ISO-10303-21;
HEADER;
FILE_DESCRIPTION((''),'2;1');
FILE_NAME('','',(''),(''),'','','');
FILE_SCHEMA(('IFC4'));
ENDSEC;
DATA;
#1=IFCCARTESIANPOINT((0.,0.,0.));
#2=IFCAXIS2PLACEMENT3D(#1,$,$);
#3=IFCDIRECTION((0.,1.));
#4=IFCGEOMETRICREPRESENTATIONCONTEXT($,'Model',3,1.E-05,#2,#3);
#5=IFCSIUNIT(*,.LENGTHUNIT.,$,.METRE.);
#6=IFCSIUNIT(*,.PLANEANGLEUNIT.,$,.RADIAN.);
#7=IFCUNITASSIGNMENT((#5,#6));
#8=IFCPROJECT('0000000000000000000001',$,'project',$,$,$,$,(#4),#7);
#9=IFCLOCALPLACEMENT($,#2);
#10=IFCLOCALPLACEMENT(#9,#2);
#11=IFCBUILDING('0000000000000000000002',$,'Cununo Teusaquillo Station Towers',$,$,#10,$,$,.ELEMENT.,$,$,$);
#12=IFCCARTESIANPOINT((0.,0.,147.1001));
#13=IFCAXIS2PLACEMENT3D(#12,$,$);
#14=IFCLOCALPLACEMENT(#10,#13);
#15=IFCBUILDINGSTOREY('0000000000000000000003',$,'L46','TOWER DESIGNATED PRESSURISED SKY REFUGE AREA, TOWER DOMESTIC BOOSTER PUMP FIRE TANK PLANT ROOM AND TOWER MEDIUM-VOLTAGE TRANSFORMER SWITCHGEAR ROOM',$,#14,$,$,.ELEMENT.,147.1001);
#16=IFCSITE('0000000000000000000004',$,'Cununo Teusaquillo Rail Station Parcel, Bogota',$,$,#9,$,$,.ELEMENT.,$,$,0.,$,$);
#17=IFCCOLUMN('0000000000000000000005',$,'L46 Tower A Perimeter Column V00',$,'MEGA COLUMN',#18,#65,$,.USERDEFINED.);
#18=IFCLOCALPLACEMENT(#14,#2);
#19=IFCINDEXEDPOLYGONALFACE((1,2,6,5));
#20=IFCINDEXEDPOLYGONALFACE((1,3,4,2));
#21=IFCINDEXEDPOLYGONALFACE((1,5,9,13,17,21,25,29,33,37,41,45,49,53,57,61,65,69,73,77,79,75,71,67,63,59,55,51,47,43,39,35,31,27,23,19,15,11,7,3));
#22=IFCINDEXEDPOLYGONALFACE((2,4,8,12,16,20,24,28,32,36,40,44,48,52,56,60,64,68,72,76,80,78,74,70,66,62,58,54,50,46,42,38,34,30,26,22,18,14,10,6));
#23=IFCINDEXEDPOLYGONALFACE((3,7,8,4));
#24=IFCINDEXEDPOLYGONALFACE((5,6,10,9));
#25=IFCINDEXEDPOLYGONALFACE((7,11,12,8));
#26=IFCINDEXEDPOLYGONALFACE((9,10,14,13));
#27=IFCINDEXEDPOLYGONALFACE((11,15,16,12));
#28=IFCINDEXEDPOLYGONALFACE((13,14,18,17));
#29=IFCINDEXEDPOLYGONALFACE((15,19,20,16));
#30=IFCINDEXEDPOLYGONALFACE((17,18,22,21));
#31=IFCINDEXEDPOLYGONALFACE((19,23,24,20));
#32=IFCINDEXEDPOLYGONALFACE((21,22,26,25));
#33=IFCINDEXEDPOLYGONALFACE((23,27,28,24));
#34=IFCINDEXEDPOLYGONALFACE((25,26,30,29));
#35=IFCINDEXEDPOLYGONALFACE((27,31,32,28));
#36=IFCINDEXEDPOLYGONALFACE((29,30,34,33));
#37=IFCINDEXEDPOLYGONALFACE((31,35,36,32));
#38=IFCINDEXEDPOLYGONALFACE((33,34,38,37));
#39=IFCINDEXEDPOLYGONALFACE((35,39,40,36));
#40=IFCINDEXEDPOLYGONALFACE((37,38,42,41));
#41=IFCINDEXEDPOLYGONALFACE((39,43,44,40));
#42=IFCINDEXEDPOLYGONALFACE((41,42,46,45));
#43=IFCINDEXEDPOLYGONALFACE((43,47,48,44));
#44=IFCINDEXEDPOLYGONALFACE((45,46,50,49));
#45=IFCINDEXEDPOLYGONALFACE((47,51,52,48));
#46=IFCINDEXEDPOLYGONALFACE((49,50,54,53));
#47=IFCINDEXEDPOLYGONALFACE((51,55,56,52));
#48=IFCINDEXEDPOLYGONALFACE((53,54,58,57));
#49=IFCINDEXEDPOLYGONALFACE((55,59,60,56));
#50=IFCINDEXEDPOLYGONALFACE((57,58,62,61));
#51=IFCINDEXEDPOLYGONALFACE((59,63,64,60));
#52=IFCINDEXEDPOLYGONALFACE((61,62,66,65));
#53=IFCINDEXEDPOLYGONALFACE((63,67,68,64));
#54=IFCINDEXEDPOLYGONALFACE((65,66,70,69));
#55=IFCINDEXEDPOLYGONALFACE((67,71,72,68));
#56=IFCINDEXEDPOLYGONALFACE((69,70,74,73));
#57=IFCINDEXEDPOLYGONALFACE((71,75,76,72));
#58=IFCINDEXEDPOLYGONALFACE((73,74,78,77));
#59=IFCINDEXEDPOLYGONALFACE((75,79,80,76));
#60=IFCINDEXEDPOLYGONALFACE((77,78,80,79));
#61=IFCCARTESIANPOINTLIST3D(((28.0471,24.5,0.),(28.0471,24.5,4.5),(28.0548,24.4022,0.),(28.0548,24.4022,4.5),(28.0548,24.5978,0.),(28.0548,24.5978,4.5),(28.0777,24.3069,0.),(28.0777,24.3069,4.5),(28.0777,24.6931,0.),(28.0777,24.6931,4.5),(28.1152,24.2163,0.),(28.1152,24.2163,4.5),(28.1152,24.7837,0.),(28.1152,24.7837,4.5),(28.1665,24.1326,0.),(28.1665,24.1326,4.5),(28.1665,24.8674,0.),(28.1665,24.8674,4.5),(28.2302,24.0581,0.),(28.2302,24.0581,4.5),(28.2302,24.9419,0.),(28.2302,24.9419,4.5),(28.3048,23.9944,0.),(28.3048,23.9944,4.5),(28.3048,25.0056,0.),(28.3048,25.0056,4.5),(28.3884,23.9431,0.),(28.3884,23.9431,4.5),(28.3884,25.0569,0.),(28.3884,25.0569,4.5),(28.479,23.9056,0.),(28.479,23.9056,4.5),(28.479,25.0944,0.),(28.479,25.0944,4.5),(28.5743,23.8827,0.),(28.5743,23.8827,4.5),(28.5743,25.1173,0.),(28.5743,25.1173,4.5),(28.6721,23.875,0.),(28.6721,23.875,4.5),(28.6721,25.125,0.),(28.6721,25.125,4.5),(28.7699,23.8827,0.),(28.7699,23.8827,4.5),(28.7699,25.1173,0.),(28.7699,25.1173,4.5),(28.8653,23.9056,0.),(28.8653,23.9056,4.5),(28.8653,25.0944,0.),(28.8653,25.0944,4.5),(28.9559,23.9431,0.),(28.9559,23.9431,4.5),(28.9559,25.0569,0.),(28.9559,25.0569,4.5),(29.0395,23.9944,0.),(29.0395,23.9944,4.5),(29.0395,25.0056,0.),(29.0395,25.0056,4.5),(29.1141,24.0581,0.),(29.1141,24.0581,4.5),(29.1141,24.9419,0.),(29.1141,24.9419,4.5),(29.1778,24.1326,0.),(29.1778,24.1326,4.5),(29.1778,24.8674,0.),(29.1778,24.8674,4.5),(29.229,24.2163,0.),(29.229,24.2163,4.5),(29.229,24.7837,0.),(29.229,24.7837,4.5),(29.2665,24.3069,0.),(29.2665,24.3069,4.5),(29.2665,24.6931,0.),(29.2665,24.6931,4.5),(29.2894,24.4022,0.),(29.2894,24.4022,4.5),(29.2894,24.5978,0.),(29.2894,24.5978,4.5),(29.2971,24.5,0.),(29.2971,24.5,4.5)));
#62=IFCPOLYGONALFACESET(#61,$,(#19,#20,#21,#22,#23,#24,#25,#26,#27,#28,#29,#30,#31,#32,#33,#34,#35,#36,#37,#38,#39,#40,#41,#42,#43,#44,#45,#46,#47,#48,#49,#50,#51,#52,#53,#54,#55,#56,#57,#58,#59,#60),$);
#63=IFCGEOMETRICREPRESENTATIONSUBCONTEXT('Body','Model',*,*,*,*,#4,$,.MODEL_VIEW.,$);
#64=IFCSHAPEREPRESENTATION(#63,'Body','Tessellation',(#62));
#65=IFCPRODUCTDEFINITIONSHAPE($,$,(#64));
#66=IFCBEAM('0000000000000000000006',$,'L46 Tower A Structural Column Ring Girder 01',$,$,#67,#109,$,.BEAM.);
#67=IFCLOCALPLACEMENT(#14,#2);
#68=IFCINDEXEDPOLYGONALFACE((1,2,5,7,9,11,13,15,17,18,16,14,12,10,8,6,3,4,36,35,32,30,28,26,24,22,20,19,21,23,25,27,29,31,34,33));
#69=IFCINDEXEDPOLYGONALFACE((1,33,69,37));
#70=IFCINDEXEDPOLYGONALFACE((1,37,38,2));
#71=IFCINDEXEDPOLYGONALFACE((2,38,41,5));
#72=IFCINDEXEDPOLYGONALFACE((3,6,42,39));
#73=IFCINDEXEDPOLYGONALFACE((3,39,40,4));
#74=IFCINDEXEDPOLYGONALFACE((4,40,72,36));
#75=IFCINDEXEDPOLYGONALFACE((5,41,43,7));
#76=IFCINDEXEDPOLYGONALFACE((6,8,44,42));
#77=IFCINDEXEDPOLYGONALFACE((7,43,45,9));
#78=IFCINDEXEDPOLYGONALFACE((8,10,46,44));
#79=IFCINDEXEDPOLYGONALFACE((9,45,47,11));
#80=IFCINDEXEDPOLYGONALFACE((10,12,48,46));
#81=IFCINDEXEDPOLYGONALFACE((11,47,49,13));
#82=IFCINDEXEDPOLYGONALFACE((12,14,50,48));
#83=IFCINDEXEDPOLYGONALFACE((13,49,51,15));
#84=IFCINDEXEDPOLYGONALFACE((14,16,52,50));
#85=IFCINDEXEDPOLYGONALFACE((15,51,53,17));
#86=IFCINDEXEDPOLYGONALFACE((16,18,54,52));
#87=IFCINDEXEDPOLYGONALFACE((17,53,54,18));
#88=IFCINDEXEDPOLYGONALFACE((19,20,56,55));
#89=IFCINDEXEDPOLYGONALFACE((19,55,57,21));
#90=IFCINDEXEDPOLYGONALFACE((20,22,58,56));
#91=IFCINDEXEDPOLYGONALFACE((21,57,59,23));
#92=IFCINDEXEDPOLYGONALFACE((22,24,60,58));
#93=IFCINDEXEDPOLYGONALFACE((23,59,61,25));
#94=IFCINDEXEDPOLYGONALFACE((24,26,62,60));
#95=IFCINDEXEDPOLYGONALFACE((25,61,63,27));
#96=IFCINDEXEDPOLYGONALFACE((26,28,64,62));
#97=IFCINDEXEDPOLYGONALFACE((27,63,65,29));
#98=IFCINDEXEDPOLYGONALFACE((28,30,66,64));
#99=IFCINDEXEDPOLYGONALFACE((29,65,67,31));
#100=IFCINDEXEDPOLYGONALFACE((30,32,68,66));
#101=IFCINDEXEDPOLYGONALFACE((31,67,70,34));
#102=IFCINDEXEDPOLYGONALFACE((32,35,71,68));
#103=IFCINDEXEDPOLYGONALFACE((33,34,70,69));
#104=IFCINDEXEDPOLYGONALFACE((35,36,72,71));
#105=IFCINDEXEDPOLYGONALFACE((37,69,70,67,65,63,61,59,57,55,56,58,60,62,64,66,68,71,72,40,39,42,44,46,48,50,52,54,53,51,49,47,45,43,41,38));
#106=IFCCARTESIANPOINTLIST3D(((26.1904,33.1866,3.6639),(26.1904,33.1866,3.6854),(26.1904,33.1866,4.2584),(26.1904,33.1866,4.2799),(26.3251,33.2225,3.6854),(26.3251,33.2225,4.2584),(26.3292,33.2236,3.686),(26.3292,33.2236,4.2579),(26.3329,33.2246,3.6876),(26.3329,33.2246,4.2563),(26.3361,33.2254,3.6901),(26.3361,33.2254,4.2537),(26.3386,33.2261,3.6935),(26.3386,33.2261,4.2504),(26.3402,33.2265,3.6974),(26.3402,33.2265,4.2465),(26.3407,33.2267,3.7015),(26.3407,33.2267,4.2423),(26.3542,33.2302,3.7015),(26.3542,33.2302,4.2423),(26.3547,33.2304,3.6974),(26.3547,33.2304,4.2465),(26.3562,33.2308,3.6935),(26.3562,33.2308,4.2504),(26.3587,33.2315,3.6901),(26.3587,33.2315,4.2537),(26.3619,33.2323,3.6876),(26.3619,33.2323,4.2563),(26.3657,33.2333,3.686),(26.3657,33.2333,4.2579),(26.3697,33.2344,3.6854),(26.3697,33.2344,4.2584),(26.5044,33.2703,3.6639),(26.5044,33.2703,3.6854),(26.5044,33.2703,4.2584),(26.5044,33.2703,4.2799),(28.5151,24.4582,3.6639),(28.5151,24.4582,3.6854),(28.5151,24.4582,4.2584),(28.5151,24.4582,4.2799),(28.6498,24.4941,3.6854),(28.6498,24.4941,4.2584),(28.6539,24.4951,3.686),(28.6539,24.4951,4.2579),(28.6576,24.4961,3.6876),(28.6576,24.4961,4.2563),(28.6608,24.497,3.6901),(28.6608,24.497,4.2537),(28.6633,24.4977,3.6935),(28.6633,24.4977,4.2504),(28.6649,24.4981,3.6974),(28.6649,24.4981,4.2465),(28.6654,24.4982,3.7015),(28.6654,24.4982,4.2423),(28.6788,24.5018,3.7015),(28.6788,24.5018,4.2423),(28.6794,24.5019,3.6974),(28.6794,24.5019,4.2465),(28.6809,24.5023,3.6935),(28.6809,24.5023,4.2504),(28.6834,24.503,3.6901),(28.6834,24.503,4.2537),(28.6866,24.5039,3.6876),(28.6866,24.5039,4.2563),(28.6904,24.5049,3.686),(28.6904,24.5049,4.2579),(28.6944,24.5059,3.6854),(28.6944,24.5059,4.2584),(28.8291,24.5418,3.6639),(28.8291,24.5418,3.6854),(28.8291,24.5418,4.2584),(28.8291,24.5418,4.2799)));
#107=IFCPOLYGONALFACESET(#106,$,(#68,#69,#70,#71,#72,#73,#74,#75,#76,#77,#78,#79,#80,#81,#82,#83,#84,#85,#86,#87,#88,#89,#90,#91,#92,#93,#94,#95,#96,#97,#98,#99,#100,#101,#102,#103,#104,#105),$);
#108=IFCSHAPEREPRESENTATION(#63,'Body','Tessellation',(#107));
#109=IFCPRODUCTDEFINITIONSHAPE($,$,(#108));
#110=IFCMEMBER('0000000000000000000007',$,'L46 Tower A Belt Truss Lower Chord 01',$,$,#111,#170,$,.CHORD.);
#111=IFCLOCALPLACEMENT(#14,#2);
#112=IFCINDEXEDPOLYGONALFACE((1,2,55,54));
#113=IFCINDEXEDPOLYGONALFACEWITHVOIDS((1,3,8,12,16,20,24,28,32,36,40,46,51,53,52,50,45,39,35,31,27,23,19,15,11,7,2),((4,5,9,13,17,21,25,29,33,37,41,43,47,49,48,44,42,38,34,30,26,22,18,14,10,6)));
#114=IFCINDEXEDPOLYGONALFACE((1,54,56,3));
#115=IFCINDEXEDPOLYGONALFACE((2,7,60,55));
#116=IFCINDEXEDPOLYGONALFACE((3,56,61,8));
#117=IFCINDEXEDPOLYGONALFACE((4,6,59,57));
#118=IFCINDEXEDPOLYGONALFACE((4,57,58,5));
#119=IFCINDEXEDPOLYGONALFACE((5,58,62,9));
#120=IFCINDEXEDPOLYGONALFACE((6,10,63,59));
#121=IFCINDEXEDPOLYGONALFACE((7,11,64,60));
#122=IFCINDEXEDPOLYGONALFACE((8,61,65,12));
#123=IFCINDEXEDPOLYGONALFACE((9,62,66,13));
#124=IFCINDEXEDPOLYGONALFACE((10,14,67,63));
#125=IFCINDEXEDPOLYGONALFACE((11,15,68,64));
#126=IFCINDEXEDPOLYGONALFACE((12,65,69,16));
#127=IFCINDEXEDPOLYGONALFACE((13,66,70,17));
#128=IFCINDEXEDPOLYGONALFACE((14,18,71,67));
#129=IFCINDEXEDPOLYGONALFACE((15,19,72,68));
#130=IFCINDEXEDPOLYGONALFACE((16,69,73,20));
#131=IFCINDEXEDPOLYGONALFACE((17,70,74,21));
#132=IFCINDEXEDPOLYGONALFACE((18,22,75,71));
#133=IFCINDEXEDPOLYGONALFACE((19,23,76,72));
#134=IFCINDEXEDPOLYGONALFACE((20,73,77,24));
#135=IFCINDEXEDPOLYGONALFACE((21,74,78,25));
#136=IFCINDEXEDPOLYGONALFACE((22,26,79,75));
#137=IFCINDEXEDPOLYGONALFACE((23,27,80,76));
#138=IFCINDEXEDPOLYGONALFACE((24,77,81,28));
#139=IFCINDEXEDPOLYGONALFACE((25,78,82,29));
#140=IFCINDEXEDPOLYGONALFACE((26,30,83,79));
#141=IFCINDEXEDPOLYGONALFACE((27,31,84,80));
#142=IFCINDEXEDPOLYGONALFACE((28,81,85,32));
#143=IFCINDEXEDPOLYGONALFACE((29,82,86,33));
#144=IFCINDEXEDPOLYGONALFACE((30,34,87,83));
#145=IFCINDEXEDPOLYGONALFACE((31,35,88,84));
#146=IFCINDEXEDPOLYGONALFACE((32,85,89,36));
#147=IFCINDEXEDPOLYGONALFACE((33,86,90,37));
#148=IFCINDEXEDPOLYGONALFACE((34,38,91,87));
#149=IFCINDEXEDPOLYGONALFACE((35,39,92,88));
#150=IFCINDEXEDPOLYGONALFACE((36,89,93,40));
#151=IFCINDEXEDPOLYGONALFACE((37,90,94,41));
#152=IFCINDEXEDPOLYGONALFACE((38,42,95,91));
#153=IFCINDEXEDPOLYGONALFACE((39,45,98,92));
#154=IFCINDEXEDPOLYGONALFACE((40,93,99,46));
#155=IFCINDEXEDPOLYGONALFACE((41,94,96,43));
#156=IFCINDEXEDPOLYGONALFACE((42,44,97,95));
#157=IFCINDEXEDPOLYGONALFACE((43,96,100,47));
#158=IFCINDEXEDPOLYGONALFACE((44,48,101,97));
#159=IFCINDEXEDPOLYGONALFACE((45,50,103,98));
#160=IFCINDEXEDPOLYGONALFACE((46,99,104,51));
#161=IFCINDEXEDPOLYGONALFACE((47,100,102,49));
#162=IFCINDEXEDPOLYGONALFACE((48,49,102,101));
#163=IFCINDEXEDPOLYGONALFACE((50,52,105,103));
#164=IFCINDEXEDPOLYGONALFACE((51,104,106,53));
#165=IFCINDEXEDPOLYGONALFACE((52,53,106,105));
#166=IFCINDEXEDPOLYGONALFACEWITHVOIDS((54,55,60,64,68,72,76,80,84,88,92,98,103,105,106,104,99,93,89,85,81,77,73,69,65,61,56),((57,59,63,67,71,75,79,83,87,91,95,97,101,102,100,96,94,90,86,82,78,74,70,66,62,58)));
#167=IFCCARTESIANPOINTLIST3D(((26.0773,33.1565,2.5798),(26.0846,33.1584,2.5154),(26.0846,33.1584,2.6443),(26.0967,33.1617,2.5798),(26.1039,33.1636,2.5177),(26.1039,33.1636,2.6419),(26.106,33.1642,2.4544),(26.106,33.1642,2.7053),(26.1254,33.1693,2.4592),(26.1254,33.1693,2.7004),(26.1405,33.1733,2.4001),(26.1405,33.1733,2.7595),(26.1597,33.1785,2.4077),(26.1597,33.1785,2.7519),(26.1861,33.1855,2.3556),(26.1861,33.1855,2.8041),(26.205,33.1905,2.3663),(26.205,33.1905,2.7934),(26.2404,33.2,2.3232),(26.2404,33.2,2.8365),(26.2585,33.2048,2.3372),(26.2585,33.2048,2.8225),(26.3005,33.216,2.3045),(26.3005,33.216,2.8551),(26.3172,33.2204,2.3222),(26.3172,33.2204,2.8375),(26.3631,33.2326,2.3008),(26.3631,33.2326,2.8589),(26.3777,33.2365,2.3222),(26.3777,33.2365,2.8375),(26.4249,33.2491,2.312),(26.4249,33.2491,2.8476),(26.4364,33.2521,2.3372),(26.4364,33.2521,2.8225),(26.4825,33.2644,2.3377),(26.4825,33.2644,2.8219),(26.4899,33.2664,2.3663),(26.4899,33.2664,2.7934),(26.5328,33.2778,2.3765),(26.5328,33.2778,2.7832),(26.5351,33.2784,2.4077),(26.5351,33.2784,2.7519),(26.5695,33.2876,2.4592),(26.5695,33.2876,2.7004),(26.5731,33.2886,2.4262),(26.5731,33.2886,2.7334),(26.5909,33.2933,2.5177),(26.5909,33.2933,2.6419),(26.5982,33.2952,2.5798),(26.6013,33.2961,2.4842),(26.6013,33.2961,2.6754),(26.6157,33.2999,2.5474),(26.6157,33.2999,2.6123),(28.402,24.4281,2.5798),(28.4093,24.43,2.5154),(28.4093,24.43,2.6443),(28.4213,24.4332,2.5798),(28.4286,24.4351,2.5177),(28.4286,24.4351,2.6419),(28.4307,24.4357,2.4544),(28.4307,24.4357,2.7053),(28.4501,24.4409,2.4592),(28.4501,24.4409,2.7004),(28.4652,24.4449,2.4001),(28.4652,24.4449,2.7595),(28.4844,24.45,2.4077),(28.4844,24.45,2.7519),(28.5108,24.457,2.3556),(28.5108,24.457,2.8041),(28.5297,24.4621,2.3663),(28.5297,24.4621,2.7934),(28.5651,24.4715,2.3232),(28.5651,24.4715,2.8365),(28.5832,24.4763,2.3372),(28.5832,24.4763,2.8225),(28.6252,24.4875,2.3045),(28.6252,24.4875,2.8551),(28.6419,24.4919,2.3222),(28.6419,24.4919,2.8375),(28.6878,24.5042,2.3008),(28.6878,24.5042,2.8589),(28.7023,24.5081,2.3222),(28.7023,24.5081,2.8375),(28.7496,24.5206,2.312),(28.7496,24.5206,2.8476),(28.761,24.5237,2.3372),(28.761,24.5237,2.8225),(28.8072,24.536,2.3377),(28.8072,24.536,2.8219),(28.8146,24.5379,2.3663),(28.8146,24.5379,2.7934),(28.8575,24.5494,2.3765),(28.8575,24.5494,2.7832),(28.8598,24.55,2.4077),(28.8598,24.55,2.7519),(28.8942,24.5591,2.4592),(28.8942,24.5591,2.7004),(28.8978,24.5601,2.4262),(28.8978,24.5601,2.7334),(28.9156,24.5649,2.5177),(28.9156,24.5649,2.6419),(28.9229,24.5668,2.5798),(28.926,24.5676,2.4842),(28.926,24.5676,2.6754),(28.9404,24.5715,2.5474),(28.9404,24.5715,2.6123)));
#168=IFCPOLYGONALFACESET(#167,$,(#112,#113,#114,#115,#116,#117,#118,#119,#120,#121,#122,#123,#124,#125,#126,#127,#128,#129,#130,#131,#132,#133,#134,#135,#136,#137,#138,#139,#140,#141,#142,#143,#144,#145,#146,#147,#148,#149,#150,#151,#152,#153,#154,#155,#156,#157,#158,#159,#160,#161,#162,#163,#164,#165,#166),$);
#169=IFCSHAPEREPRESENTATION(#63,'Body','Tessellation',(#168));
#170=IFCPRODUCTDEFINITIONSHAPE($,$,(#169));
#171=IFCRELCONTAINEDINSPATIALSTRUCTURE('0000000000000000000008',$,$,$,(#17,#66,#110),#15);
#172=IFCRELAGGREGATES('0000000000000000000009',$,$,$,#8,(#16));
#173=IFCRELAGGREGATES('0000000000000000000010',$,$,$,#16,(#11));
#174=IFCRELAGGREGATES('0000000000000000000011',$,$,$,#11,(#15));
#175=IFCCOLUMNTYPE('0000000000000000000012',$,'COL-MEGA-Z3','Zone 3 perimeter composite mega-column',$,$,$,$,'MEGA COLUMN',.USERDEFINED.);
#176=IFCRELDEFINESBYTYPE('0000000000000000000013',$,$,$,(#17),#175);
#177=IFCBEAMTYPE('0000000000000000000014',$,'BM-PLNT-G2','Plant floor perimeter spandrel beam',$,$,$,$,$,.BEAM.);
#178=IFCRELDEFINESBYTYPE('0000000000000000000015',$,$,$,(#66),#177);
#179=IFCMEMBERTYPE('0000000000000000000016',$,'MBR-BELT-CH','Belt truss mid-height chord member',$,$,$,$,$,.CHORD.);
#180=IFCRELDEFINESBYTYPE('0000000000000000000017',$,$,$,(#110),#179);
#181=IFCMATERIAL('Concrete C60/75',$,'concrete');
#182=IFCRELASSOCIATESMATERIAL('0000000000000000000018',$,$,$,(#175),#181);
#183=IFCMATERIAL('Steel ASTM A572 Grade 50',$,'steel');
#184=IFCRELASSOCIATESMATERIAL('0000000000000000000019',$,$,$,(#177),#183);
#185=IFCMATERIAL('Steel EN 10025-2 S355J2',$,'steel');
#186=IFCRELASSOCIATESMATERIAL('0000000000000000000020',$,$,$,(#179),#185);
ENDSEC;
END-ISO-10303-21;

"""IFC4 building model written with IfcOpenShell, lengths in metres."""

from ifc_helpers import new_model, si_unit, direction, frame, origin, origin_2d, place, context, subcontext, project, spatial, circle, hollow_circle, i_section, extrude, material, material_profile, profile_set, type_object, element, save


model = new_model("IFC4")

# Units and contexts
model_context = context("Model", 3, precision=1e-05, world=origin(), true_north=direction((0.0, 1.0)))
body_context = subcontext(model_context, "Body", "Model", "MODEL_VIEW")
ifc_project = project(units=[si_unit("LENGTHUNIT", "METRE"), si_unit("PLANEANGLEUNIT", "RADIAN")], contexts=[model_context])

# Site, building, storey
site_placement = place(None, origin())
site = spatial("IfcSite", under=ifc_project, at=site_placement, Name="Cununo Teusaquillo Rail Station Parcel, Bogota", CompositionType="ELEMENT", RefElevation=0.0)
building_placement = place(site_placement, origin())
building = spatial("IfcBuilding", under=site, at=building_placement, Name="Cununo Teusaquillo Station Towers", CompositionType="ELEMENT")
storey_placement = place(building_placement, frame((0.0, 0.0, 147.1001)))
storey = spatial("IfcBuildingStorey", under=building, at=storey_placement, Name="L46", Description="TOWER DESIGNATED PRESSURISED SKY REFUGE AREA, TOWER DOMESTIC BOOSTER PUMP FIRE TANK PLANT ROOM AND TOWER MEDIUM-VOLTAGE TRANSFORMER SWITCHGEAR ROOM", CompositionType="ELEMENT", Elevation=147.1001)

# Column
ifc_material_1 = material(Name="Concrete C60/75", Category="concrete")
ifc_material_profile_1 = material_profile(ifc_material_1, circle(Radius=0.625, at=origin_2d()), Name="RC-CIRC-1250")
ifc_profile_set_1 = profile_set([ifc_material_profile_1], Name="Concrete C60/75")
column_type = type_object("IfcColumnType", Name="COL-MEGA-Z3", Description="Zone 3 perimeter composite mega-column", ElementType="MEGA COLUMN", PredefinedType="USERDEFINED", material=ifc_profile_set_1)
column_placement = place(storey_placement, frame((28.6721, 24.5, 0.0), z_axis=(0.0, 0.0, 1.0), x_axis=(1.0, 0.0, 0.0)))
element("IfcColumn", 1, at=column_placement, inside=storey, type_object=column_type, Name="L46 Tower A Perimeter Column V00", ObjectType="MEGA COLUMN", PredefinedType="USERDEFINED", context=body_context, shape_type="SweptSolid", body=[
    extrude(circle(Radius=0.625, at=origin_2d()), origin(), (0.0, 0.0, 1.0), 4.5),
])

# Beam
ifc_material_2 = material(Name="Steel ASTM A572 Grade 50", Category="steel")
ifc_material_profile_2 = material_profile(ifc_material_2, i_section(OverallWidth=0.325, OverallDepth=0.616, WebThickness=0.0139, FlangeThickness=0.0215, FilletRadius=0.0161, at=origin_2d()), Name="W24X117")
ifc_profile_set_2 = profile_set([ifc_material_profile_2], Name="Steel ASTM A572 Grade 50")
beam_type = type_object("IfcBeamType", Name="BM-PLNT-G2", Description="Plant floor perimeter spandrel beam", PredefinedType="BEAM", material=ifc_profile_set_2)
beam_placement = place(storey_placement, frame((28.6721, 24.5, 3.9719), z_axis=(-0.257363, 0.966315, 0.0), x_axis=(-0.966315, -0.257363, 0.0)))
element("IfcBeam", 2, at=beam_placement, inside=storey, type_object=beam_type, Name="L46 Tower A Structural Column Ring Girder 01", PredefinedType="BEAM", context=body_context, shape_type="SweptSolid", body=[
    extrude(i_section(OverallWidth=0.325, OverallDepth=0.616, WebThickness=0.0139, FlangeThickness=0.0215, FilletRadius=0.0161, at=origin_2d()), origin(), (0.0, 0.0, 1.0), 9.0327),
])

# Member
ifc_material_3 = material(Name="Steel EN 10025-2 S355J2", Category="steel")
ifc_material_profile_3 = material_profile(ifc_material_3, hollow_circle(Radius=0.2795, WallThickness=0.02, at=origin_2d()), Name="CHS 559x20")
ifc_profile_set_3 = profile_set([ifc_material_profile_3], Name="Steel EN 10025-2 S355J2")
member_type_1 = type_object("IfcMemberType", Name="MBR-BELT-CH", Description="Belt truss mid-height chord member", PredefinedType="CHORD", material=ifc_profile_set_3)
member_1_placement = place(storey_placement, frame((28.6721, 24.5, 2.5798), z_axis=(-0.257363, 0.966315, 0.0), x_axis=(-0.966315, -0.257363, 0.0)))
element("IfcMember", 3, at=member_1_placement, inside=storey, type_object=member_type_1, Name="L46 Tower A Belt Truss Lower Chord 01", PredefinedType="CHORD", context=body_context, shape_type="SweptSolid", body=[
    extrude(hollow_circle(Radius=0.2795, WallThickness=0.02, at=origin_2d()), origin(), (0.0, 0.0, 1.0), 9.0327),
])

save(model, "model.ifc")
